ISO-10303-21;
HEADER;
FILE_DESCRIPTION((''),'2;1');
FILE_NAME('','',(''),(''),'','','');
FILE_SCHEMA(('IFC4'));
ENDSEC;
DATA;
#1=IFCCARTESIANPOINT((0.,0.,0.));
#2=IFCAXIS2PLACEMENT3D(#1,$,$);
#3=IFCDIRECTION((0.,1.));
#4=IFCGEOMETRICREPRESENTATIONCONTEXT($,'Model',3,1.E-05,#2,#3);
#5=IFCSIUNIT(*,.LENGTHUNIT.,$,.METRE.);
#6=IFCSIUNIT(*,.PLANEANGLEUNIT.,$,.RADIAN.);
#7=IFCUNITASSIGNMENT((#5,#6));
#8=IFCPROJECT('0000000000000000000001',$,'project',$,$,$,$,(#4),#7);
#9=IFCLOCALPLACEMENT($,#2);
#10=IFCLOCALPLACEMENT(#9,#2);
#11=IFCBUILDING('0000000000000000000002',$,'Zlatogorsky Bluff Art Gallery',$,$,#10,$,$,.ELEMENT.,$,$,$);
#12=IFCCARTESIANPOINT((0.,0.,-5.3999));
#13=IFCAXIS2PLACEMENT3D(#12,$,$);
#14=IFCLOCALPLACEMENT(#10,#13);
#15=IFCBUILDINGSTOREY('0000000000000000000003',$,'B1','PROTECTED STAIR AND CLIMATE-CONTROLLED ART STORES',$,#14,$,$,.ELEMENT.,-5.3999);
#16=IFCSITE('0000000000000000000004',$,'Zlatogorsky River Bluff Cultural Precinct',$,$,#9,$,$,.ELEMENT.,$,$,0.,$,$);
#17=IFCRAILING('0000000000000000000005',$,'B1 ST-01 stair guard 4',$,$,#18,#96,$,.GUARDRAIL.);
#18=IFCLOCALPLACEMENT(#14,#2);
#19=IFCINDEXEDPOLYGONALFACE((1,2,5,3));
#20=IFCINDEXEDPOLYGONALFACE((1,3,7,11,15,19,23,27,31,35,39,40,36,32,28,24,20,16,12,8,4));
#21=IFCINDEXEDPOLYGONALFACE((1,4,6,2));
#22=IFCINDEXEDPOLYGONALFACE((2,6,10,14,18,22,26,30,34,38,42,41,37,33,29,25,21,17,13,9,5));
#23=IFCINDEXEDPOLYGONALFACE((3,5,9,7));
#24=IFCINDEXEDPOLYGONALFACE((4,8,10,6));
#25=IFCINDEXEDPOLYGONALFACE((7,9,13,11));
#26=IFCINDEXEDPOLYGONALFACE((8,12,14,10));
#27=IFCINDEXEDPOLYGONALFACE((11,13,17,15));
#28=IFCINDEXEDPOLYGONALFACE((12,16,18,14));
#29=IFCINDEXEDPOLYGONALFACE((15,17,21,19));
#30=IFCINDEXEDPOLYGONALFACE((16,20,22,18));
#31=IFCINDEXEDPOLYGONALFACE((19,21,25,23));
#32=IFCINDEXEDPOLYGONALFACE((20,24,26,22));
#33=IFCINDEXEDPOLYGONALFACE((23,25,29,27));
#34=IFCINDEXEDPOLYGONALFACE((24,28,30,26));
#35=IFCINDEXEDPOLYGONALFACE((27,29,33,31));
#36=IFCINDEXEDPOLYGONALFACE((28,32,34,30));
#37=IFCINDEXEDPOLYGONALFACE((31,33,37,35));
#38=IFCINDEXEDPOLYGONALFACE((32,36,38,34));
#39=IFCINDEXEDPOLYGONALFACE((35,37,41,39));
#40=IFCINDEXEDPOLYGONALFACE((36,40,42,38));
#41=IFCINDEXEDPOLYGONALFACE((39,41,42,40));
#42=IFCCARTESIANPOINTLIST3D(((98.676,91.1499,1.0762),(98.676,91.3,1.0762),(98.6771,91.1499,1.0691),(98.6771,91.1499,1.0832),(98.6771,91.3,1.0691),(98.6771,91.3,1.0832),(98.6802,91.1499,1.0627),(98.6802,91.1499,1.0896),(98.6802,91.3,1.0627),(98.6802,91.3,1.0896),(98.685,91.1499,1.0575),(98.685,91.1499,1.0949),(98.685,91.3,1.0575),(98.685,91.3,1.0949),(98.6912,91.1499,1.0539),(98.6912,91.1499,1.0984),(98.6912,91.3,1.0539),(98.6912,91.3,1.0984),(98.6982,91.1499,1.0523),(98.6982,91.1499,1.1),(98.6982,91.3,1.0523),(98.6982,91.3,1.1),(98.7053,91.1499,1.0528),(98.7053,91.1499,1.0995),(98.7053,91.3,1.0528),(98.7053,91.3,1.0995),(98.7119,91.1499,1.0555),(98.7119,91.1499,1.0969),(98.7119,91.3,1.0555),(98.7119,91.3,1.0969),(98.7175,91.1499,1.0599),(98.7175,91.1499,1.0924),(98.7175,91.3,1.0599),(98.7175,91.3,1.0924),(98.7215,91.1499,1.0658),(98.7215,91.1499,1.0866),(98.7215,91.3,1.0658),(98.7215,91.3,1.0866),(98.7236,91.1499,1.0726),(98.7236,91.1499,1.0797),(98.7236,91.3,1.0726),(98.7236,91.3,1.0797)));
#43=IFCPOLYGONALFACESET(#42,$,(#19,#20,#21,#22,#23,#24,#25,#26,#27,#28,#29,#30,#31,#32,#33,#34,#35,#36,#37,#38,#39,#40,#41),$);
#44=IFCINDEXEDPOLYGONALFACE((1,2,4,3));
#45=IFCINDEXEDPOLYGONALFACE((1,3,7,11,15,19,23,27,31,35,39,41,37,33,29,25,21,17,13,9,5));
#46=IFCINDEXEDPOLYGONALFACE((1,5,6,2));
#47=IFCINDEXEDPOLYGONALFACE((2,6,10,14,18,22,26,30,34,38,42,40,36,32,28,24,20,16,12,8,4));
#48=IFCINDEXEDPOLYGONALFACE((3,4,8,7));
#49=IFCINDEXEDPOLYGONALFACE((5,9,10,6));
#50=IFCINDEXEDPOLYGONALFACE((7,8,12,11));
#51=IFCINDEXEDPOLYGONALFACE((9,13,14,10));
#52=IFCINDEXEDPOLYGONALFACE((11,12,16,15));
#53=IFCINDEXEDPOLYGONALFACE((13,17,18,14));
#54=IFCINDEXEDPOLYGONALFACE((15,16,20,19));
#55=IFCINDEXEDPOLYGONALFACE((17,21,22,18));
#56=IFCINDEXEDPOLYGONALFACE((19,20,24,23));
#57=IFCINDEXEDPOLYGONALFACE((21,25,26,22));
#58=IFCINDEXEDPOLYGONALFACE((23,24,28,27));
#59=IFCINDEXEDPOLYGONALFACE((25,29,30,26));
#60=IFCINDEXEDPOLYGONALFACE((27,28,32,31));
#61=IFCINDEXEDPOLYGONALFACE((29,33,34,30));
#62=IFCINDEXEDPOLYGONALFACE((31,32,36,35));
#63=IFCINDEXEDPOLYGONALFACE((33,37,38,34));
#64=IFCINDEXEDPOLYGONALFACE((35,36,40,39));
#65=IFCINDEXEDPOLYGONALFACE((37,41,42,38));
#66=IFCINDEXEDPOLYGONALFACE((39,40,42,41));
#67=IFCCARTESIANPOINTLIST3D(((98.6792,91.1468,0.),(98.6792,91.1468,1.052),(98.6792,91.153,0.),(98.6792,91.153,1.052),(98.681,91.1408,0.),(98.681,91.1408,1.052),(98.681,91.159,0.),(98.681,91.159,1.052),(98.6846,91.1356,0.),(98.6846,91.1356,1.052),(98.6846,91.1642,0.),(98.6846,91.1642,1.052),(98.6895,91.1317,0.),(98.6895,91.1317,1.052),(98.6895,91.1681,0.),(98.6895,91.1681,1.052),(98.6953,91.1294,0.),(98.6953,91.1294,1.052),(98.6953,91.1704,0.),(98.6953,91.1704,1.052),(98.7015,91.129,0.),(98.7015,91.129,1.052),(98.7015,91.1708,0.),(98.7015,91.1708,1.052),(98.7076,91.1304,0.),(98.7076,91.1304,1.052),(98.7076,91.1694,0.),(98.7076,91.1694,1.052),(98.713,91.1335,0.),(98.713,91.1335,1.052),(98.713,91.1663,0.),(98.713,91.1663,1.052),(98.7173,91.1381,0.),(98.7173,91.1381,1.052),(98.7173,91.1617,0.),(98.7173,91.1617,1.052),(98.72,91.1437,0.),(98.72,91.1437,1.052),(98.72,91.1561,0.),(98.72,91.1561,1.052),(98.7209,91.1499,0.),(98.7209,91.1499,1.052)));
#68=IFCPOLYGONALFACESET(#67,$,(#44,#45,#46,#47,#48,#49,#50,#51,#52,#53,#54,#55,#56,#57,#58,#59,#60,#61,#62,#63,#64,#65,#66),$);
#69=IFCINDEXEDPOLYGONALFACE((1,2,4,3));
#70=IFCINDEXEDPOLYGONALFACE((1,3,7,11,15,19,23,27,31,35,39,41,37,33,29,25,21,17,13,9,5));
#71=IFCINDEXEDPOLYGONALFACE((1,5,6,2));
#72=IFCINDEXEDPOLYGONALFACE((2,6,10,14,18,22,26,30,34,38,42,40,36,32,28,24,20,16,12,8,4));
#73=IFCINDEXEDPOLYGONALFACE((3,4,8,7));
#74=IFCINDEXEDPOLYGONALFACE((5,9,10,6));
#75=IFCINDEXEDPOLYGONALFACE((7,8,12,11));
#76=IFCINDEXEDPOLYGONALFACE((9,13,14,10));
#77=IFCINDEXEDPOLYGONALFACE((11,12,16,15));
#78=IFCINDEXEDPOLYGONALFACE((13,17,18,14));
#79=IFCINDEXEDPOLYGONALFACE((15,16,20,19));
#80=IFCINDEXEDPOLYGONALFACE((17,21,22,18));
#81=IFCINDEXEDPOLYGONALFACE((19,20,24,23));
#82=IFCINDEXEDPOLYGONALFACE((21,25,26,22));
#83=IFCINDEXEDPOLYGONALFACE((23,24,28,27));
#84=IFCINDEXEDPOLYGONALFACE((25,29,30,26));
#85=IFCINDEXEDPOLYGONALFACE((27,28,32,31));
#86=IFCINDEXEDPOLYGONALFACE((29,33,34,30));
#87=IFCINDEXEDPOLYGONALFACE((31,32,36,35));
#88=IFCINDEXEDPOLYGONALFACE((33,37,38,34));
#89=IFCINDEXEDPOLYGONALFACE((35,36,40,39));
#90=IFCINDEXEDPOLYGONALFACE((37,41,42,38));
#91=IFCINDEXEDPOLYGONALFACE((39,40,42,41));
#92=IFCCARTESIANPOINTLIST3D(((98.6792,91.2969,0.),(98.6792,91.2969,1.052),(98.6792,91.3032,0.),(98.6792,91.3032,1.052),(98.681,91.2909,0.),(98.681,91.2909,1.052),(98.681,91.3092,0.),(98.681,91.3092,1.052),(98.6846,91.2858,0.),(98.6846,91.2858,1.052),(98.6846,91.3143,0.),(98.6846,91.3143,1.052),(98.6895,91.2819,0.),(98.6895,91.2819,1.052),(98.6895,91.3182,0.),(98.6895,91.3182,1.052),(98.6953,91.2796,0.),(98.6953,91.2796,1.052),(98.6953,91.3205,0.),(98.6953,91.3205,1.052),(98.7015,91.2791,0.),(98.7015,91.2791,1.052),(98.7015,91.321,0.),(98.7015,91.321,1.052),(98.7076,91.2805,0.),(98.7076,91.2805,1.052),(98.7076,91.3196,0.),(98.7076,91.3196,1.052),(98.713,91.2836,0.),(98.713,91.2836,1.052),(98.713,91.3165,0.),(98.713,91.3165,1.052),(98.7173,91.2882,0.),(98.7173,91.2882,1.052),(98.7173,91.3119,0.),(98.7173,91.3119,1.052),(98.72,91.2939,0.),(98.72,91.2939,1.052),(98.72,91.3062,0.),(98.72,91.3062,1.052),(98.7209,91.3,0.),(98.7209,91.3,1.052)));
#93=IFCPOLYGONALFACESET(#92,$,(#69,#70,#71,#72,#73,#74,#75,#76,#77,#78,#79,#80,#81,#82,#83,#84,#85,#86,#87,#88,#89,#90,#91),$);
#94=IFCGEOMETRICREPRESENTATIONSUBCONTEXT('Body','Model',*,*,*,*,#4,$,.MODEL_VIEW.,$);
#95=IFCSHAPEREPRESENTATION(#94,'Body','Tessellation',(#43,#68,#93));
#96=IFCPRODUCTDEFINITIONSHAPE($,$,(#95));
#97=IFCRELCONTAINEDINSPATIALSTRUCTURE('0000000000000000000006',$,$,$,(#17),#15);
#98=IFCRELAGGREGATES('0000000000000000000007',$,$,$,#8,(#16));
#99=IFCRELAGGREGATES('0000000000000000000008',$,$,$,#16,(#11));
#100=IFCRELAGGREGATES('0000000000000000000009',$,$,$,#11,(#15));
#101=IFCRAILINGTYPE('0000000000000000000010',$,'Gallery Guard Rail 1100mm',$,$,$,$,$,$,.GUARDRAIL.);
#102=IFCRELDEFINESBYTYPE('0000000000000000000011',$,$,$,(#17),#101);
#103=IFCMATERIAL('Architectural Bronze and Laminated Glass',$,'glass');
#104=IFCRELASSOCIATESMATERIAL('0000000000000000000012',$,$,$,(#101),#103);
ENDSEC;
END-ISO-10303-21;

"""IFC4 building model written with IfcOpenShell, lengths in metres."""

from ifc_helpers import new_model, si_unit, direction, frame, origin, origin_2d, place, context, subcontext, project, spatial, circle, extrude, material, type_object, element, save


model = new_model("IFC4")

# Units and contexts
model_context = context("Model", 3, precision=1e-05, world=origin(), true_north=direction((0.0, 1.0)))
body_context = subcontext(model_context, "Body", "Model", "MODEL_VIEW")
ifc_project = project(units=[si_unit("LENGTHUNIT", "METRE"), si_unit("PLANEANGLEUNIT", "RADIAN")], contexts=[model_context])

# Site, building, storey
site_placement = place(None, origin())
site = spatial("IfcSite", under=ifc_project, at=site_placement, Name="Zlatogorsky River Bluff Cultural Precinct", CompositionType="ELEMENT", RefElevation=0.0)
building_placement = place(site_placement, origin())
building = spatial("IfcBuilding", under=site, at=building_placement, Name="Zlatogorsky Bluff Art Gallery", CompositionType="ELEMENT")
storey_placement = place(building_placement, frame((0.0, 0.0, -5.3999)))
storey = spatial("IfcBuildingStorey", under=building, at=storey_placement, Name="B1", Description="PROTECTED STAIR AND CLIMATE-CONTROLLED ART STORES", CompositionType="ELEMENT", Elevation=-5.3999)

# Railing
ifc_material_1 = material(Name="Architectural Bronze and Laminated Glass", Category="glass")
railing_type_1 = type_object("IfcRailingType", Name="Gallery Guard Rail 1100mm", PredefinedType="GUARDRAIL", material=ifc_material_1)
railing_1_placement = place(storey_placement, frame((98.7, 91.1499, 0.0)))
element("IfcRailing", 1, at=railing_1_placement, inside=storey, type_object=railing_type_1, Name="B1 ST-01 stair guard 4", PredefinedType="GUARDRAIL", context=body_context, shape_type="SweptSolid", body=[
    extrude(circle(Radius=0.0239, at=origin_2d()), frame((0.0, 0.0, 1.0762), z_axis=(0.0, 1.0, 0.0), x_axis=(-1.0, 0.0, 0.0)), (0.0, 0.0, 1.0), 0.1501),
    extrude(circle(Radius=0.021, at=origin_2d()), origin(), (0.0, 0.0, 1.0), 1.052),
    extrude(circle(Radius=0.021, at=origin_2d()), frame((0.0, 0.1501, 0.0)), (0.0, 0.0, 1.0), 1.052),
])

save(model, "model.ifc")
